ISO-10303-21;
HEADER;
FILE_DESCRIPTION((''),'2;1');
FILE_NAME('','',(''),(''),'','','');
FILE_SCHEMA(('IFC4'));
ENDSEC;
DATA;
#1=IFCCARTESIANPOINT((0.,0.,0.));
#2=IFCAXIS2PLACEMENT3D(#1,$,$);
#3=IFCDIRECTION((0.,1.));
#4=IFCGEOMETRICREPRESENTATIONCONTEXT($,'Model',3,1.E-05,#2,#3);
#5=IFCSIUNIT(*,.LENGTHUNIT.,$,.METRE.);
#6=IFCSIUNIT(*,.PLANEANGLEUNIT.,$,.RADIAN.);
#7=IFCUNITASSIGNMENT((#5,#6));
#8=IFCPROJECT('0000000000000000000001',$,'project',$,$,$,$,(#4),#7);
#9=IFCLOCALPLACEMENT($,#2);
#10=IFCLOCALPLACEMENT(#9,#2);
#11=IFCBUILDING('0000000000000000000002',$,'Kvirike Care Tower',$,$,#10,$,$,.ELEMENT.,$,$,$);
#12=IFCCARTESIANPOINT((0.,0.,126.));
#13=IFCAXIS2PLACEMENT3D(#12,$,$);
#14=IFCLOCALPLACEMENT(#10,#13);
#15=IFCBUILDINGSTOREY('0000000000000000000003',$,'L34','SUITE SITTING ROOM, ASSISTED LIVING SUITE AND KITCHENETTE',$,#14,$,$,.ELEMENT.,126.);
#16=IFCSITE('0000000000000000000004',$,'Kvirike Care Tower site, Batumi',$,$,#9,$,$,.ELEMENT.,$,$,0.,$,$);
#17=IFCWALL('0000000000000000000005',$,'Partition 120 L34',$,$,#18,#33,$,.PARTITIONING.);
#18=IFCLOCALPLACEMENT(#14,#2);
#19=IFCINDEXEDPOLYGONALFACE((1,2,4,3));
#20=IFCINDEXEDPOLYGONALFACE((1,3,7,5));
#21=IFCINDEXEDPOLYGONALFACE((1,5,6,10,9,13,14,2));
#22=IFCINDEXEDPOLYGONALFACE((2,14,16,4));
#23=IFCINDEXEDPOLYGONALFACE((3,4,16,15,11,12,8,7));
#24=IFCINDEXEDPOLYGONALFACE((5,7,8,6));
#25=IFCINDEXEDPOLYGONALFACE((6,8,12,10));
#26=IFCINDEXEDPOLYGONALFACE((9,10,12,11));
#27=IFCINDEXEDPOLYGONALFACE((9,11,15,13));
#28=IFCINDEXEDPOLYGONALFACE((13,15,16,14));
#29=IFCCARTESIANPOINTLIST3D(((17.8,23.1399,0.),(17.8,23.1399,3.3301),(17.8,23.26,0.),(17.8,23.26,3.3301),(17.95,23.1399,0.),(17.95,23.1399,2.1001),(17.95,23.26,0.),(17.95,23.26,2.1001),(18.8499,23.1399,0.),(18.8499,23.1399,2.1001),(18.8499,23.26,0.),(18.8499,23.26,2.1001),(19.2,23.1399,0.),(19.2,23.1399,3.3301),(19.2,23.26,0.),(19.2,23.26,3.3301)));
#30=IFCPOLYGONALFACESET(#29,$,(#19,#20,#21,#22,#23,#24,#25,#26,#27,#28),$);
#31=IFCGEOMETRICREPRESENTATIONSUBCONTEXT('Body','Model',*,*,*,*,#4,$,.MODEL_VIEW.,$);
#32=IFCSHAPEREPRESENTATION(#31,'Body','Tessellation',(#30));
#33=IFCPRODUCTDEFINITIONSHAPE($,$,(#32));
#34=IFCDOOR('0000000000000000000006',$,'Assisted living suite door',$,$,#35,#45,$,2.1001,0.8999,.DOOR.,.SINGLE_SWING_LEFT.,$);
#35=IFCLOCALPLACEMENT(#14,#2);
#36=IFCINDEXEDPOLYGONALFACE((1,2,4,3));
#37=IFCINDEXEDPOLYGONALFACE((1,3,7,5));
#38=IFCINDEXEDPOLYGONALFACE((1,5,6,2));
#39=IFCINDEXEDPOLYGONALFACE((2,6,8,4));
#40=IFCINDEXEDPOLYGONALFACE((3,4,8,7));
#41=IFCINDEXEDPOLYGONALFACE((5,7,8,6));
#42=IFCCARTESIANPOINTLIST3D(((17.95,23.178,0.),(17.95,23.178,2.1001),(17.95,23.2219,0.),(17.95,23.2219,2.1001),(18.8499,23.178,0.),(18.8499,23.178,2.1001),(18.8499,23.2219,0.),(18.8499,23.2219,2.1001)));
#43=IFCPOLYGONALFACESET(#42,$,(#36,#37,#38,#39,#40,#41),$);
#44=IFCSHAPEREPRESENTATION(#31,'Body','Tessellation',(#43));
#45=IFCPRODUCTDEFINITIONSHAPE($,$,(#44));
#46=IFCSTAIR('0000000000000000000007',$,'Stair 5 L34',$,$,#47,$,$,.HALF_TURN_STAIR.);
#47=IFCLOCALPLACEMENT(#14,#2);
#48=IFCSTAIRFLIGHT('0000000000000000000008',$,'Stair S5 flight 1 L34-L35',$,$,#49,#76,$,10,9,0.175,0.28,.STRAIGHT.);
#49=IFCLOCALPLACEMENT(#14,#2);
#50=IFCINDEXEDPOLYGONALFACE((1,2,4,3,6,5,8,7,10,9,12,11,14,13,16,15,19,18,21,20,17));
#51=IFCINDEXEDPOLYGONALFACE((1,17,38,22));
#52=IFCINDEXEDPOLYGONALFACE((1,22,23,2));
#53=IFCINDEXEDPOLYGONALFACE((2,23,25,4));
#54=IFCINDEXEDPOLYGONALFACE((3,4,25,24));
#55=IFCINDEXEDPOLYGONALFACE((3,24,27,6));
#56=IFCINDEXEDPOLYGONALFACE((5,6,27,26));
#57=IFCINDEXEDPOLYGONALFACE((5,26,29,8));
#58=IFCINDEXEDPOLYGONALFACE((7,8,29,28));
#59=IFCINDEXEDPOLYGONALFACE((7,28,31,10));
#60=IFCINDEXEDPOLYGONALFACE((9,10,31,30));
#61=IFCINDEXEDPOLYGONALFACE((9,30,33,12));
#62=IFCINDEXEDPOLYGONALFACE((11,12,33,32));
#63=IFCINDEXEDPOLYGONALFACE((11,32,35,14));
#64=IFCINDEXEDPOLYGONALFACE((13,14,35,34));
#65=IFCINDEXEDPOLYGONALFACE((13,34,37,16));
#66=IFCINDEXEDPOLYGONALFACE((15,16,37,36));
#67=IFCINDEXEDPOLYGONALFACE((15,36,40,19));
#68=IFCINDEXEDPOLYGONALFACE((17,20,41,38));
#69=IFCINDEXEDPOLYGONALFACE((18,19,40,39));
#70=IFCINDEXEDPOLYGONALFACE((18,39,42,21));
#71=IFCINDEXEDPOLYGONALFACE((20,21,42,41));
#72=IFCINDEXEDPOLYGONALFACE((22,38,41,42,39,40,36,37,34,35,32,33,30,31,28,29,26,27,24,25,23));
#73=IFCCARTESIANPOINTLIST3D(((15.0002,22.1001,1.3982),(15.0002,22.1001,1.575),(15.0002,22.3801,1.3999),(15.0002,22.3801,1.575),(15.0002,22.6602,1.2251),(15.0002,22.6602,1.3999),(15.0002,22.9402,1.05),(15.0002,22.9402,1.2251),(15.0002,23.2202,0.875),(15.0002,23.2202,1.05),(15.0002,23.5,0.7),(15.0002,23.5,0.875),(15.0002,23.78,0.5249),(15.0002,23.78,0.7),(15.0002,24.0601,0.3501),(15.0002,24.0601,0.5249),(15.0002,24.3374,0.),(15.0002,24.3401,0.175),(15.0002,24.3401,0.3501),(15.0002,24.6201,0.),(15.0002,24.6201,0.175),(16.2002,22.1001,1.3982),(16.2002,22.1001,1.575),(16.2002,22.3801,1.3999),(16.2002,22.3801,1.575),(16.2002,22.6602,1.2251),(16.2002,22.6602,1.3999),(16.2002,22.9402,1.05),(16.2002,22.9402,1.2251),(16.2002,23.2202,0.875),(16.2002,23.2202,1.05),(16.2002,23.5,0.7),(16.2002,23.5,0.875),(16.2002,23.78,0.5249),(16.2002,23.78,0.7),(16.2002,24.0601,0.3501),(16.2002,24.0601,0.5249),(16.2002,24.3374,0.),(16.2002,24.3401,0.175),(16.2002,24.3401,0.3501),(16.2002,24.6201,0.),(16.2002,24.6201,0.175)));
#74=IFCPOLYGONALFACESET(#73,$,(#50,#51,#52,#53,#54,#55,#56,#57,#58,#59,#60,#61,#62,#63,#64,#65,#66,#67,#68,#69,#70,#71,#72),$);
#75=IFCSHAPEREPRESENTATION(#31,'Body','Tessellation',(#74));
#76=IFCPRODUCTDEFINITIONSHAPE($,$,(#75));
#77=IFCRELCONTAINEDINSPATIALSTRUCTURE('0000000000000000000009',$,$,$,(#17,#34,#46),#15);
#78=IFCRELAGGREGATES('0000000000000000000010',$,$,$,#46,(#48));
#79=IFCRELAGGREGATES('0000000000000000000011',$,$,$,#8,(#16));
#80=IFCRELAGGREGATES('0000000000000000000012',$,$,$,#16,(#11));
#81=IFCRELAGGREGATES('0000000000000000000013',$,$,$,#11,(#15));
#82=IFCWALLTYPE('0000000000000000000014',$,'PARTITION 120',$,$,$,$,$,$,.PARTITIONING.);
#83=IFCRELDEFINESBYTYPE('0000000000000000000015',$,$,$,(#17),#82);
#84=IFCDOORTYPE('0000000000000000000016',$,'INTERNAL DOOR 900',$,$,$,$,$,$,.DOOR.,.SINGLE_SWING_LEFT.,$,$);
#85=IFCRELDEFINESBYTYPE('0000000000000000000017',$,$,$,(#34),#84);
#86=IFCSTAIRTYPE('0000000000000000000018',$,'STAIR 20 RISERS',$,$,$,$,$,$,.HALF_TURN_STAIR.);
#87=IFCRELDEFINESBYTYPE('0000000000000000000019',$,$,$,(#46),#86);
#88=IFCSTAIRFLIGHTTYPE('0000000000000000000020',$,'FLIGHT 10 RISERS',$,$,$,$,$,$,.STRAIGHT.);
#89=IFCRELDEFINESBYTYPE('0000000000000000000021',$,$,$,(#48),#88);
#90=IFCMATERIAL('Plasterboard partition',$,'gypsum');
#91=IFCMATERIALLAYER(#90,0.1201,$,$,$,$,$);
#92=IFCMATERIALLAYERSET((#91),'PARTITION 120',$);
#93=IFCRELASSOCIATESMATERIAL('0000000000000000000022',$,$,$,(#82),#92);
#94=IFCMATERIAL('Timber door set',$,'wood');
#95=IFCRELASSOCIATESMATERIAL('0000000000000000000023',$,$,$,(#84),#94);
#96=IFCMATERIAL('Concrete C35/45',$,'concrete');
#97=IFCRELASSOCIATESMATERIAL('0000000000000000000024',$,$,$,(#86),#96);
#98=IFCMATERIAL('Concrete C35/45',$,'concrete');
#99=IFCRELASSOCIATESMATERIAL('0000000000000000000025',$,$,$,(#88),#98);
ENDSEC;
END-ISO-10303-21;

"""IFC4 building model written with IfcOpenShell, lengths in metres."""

from ifc_helpers import new_model, si_unit, direction, frame, frame_2d, origin, place, context, subcontext, project, spatial, polyline, rectangle, outline, extrude, material, layer, layer_set, type_object, element, fill, aggregate, save


model = new_model("IFC4")

# Units and contexts
model_context = context("Model", 3, precision=1e-05, world=origin(), true_north=direction((0.0, 1.0)))
body_context = subcontext(model_context, "Body", "Model", "MODEL_VIEW")
ifc_project = project(units=[si_unit("LENGTHUNIT", "METRE"), si_unit("PLANEANGLEUNIT", "RADIAN")], contexts=[model_context])

# Site, building, storey
site_placement = place(None, origin())
site = spatial("IfcSite", under=ifc_project, at=site_placement, Name="Kvirike Care Tower site, Batumi", CompositionType="ELEMENT", RefElevation=0.0)
building_placement = place(site_placement, origin())
building = spatial("IfcBuilding", under=site, at=building_placement, Name="Kvirike Care Tower", CompositionType="ELEMENT")
storey_placement = place(building_placement, frame((0.0, 0.0, 126.0)))
storey = spatial("IfcBuildingStorey", under=building, at=storey_placement, Name="L34", Description="SUITE SITTING ROOM, ASSISTED LIVING SUITE AND KITCHENETTE", CompositionType="ELEMENT", Elevation=126.0)

# Wall, opening, door
ifc_material_1 = material(Name="Plasterboard partition", Category="gypsum")
ifc_layer_1 = layer(ifc_material_1, 0.1201)
ifc_layer_set_1 = layer_set([ifc_layer_1], Name="PARTITION 120")
wall_type_1 = type_object("IfcWallType", Name="PARTITION 120", PredefinedType="PARTITIONING", material=ifc_layer_set_1)
wall_1_placement = place(storey_placement, frame((17.8, 23.2, 0.0), z_axis=(0.0, 0.0, 1.0), x_axis=(1.0, 0.0, 0.0)))
wall_1 = element("IfcWall", 1, at=wall_1_placement, inside=storey, type_object=wall_type_1, Name="Partition 120 L34", PredefinedType="PARTITIONING", context=body_context, shape_type="SweptSolid", body=[
    extrude(rectangle(XDim=1.3999, YDim=0.1201, at=frame_2d((0.7, 0.0))), origin(), (0.0, 0.0, 1.0), 3.3301),
])
opening_1_placement = place(wall_1_placement, frame((0.1499, 0.0, 0.0)))
opening_1 = element("IfcOpeningElement", 2, at=opening_1_placement, cuts=wall_1, PredefinedType="OPENING", context=body_context, shape_type="SweptSolid", body=[
    extrude(rectangle(XDim=0.8999, YDim=2.1001, at=frame_2d((0.45, 1.05))), frame((0.0, 0.0706, 0.0), z_axis=(0.0, -1.0, 0.0), x_axis=(1.0, 0.0, 0.0)), (0.0, 0.0, 1.0), 0.1411),
])
ifc_material_2 = material(Name="Timber door set", Category="wood")
door_type_1 = type_object("IfcDoorType", Name="INTERNAL DOOR 900", OperationType="SINGLE_SWING_LEFT", PredefinedType="DOOR", material=ifc_material_2)
door_1_placement = place(opening_1_placement, frame((0.8999, 0.0, 0.0), z_axis=(0.0, 0.0, 1.0), x_axis=(-1.0, 0.0, 0.0)))
door_1 = element("IfcDoor", 3, at=door_1_placement, inside=storey, type_object=door_type_1, Name="Assisted living suite door", OperationType="SINGLE_SWING_LEFT", OverallHeight=2.1001, OverallWidth=0.8999, PredefinedType="DOOR", context=body_context, shape_type="SweptSolid", body=[
    extrude(rectangle(XDim=0.8999, YDim=2.1001, at=frame_2d((0.45, 1.05))), frame((0.0, 0.022, 0.0), z_axis=(0.0, -1.0, 0.0), x_axis=(1.0, 0.0, 0.0)), (0.0, 0.0, 1.0), 0.0439),
])
fill(opening_1, door_1)

# Stair, stair flight
ifc_material_3 = material(Name="Concrete C35/45", Category="concrete")
stair_type = type_object("IfcStairType", Name="STAIR 20 RISERS", PredefinedType="HALF_TURN_STAIR", material=ifc_material_3)
stair_placement = place(storey_placement, origin())
stair = element("IfcStair", 4, at=stair_placement, inside=storey, type_object=stair_type, Name="Stair 5 L34", PredefinedType="HALF_TURN_STAIR")
ifc_material_4 = material(Name="Concrete C35/45", Category="concrete")
stair_flight_type = type_object("IfcStairFlightType", Name="FLIGHT 10 RISERS", PredefinedType="STRAIGHT", material=ifc_material_4)
stair_flight_placement = place(storey_placement, frame((15.6001, 24.6201, 0.0), z_axis=(0.0, 0.0, 1.0), x_axis=(0.0, -1.0, 0.0)))
stair_flight = element("IfcStairFlight", 5, at=stair_flight_placement, type_object=stair_flight_type, Name="Stair S5 flight 1 L34-L35", NumberOfRisers=10, NumberOfTreads=9, PredefinedType="STRAIGHT", RiserHeight=0.175, TreadLength=0.28, context=body_context, shape_type="SweptSolid", body=[
    extrude(outline(polyline([(0.0, 0.0), (0.0, 0.175), (0.28, 0.175), (0.28, 0.3501), (0.5601, 0.3501), (0.5601, 0.5249), (0.8401, 0.5249), (0.8401, 0.7), (1.1201, 0.7), (1.1201, 0.875), (1.3999, 0.875), (1.3999, 1.05), (1.6799, 1.05), (1.6799, 1.2251), (1.96, 1.2251), (1.96, 1.3999), (2.24, 1.3999), (2.24, 1.575), (2.52, 1.575), (2.52, 1.75), (2.52, 1.3982), (0.2827, 0.0), (0.0, 0.0)])), frame((0.0, 0.6001, 0.0), z_axis=(0.0, -1.0, 0.0), x_axis=(1.0, 0.0, 0.0)), (0.0, 0.0, 1.0), 1.2),
])
aggregate(stair, [stair_flight])

save(model, "model.ifc")
